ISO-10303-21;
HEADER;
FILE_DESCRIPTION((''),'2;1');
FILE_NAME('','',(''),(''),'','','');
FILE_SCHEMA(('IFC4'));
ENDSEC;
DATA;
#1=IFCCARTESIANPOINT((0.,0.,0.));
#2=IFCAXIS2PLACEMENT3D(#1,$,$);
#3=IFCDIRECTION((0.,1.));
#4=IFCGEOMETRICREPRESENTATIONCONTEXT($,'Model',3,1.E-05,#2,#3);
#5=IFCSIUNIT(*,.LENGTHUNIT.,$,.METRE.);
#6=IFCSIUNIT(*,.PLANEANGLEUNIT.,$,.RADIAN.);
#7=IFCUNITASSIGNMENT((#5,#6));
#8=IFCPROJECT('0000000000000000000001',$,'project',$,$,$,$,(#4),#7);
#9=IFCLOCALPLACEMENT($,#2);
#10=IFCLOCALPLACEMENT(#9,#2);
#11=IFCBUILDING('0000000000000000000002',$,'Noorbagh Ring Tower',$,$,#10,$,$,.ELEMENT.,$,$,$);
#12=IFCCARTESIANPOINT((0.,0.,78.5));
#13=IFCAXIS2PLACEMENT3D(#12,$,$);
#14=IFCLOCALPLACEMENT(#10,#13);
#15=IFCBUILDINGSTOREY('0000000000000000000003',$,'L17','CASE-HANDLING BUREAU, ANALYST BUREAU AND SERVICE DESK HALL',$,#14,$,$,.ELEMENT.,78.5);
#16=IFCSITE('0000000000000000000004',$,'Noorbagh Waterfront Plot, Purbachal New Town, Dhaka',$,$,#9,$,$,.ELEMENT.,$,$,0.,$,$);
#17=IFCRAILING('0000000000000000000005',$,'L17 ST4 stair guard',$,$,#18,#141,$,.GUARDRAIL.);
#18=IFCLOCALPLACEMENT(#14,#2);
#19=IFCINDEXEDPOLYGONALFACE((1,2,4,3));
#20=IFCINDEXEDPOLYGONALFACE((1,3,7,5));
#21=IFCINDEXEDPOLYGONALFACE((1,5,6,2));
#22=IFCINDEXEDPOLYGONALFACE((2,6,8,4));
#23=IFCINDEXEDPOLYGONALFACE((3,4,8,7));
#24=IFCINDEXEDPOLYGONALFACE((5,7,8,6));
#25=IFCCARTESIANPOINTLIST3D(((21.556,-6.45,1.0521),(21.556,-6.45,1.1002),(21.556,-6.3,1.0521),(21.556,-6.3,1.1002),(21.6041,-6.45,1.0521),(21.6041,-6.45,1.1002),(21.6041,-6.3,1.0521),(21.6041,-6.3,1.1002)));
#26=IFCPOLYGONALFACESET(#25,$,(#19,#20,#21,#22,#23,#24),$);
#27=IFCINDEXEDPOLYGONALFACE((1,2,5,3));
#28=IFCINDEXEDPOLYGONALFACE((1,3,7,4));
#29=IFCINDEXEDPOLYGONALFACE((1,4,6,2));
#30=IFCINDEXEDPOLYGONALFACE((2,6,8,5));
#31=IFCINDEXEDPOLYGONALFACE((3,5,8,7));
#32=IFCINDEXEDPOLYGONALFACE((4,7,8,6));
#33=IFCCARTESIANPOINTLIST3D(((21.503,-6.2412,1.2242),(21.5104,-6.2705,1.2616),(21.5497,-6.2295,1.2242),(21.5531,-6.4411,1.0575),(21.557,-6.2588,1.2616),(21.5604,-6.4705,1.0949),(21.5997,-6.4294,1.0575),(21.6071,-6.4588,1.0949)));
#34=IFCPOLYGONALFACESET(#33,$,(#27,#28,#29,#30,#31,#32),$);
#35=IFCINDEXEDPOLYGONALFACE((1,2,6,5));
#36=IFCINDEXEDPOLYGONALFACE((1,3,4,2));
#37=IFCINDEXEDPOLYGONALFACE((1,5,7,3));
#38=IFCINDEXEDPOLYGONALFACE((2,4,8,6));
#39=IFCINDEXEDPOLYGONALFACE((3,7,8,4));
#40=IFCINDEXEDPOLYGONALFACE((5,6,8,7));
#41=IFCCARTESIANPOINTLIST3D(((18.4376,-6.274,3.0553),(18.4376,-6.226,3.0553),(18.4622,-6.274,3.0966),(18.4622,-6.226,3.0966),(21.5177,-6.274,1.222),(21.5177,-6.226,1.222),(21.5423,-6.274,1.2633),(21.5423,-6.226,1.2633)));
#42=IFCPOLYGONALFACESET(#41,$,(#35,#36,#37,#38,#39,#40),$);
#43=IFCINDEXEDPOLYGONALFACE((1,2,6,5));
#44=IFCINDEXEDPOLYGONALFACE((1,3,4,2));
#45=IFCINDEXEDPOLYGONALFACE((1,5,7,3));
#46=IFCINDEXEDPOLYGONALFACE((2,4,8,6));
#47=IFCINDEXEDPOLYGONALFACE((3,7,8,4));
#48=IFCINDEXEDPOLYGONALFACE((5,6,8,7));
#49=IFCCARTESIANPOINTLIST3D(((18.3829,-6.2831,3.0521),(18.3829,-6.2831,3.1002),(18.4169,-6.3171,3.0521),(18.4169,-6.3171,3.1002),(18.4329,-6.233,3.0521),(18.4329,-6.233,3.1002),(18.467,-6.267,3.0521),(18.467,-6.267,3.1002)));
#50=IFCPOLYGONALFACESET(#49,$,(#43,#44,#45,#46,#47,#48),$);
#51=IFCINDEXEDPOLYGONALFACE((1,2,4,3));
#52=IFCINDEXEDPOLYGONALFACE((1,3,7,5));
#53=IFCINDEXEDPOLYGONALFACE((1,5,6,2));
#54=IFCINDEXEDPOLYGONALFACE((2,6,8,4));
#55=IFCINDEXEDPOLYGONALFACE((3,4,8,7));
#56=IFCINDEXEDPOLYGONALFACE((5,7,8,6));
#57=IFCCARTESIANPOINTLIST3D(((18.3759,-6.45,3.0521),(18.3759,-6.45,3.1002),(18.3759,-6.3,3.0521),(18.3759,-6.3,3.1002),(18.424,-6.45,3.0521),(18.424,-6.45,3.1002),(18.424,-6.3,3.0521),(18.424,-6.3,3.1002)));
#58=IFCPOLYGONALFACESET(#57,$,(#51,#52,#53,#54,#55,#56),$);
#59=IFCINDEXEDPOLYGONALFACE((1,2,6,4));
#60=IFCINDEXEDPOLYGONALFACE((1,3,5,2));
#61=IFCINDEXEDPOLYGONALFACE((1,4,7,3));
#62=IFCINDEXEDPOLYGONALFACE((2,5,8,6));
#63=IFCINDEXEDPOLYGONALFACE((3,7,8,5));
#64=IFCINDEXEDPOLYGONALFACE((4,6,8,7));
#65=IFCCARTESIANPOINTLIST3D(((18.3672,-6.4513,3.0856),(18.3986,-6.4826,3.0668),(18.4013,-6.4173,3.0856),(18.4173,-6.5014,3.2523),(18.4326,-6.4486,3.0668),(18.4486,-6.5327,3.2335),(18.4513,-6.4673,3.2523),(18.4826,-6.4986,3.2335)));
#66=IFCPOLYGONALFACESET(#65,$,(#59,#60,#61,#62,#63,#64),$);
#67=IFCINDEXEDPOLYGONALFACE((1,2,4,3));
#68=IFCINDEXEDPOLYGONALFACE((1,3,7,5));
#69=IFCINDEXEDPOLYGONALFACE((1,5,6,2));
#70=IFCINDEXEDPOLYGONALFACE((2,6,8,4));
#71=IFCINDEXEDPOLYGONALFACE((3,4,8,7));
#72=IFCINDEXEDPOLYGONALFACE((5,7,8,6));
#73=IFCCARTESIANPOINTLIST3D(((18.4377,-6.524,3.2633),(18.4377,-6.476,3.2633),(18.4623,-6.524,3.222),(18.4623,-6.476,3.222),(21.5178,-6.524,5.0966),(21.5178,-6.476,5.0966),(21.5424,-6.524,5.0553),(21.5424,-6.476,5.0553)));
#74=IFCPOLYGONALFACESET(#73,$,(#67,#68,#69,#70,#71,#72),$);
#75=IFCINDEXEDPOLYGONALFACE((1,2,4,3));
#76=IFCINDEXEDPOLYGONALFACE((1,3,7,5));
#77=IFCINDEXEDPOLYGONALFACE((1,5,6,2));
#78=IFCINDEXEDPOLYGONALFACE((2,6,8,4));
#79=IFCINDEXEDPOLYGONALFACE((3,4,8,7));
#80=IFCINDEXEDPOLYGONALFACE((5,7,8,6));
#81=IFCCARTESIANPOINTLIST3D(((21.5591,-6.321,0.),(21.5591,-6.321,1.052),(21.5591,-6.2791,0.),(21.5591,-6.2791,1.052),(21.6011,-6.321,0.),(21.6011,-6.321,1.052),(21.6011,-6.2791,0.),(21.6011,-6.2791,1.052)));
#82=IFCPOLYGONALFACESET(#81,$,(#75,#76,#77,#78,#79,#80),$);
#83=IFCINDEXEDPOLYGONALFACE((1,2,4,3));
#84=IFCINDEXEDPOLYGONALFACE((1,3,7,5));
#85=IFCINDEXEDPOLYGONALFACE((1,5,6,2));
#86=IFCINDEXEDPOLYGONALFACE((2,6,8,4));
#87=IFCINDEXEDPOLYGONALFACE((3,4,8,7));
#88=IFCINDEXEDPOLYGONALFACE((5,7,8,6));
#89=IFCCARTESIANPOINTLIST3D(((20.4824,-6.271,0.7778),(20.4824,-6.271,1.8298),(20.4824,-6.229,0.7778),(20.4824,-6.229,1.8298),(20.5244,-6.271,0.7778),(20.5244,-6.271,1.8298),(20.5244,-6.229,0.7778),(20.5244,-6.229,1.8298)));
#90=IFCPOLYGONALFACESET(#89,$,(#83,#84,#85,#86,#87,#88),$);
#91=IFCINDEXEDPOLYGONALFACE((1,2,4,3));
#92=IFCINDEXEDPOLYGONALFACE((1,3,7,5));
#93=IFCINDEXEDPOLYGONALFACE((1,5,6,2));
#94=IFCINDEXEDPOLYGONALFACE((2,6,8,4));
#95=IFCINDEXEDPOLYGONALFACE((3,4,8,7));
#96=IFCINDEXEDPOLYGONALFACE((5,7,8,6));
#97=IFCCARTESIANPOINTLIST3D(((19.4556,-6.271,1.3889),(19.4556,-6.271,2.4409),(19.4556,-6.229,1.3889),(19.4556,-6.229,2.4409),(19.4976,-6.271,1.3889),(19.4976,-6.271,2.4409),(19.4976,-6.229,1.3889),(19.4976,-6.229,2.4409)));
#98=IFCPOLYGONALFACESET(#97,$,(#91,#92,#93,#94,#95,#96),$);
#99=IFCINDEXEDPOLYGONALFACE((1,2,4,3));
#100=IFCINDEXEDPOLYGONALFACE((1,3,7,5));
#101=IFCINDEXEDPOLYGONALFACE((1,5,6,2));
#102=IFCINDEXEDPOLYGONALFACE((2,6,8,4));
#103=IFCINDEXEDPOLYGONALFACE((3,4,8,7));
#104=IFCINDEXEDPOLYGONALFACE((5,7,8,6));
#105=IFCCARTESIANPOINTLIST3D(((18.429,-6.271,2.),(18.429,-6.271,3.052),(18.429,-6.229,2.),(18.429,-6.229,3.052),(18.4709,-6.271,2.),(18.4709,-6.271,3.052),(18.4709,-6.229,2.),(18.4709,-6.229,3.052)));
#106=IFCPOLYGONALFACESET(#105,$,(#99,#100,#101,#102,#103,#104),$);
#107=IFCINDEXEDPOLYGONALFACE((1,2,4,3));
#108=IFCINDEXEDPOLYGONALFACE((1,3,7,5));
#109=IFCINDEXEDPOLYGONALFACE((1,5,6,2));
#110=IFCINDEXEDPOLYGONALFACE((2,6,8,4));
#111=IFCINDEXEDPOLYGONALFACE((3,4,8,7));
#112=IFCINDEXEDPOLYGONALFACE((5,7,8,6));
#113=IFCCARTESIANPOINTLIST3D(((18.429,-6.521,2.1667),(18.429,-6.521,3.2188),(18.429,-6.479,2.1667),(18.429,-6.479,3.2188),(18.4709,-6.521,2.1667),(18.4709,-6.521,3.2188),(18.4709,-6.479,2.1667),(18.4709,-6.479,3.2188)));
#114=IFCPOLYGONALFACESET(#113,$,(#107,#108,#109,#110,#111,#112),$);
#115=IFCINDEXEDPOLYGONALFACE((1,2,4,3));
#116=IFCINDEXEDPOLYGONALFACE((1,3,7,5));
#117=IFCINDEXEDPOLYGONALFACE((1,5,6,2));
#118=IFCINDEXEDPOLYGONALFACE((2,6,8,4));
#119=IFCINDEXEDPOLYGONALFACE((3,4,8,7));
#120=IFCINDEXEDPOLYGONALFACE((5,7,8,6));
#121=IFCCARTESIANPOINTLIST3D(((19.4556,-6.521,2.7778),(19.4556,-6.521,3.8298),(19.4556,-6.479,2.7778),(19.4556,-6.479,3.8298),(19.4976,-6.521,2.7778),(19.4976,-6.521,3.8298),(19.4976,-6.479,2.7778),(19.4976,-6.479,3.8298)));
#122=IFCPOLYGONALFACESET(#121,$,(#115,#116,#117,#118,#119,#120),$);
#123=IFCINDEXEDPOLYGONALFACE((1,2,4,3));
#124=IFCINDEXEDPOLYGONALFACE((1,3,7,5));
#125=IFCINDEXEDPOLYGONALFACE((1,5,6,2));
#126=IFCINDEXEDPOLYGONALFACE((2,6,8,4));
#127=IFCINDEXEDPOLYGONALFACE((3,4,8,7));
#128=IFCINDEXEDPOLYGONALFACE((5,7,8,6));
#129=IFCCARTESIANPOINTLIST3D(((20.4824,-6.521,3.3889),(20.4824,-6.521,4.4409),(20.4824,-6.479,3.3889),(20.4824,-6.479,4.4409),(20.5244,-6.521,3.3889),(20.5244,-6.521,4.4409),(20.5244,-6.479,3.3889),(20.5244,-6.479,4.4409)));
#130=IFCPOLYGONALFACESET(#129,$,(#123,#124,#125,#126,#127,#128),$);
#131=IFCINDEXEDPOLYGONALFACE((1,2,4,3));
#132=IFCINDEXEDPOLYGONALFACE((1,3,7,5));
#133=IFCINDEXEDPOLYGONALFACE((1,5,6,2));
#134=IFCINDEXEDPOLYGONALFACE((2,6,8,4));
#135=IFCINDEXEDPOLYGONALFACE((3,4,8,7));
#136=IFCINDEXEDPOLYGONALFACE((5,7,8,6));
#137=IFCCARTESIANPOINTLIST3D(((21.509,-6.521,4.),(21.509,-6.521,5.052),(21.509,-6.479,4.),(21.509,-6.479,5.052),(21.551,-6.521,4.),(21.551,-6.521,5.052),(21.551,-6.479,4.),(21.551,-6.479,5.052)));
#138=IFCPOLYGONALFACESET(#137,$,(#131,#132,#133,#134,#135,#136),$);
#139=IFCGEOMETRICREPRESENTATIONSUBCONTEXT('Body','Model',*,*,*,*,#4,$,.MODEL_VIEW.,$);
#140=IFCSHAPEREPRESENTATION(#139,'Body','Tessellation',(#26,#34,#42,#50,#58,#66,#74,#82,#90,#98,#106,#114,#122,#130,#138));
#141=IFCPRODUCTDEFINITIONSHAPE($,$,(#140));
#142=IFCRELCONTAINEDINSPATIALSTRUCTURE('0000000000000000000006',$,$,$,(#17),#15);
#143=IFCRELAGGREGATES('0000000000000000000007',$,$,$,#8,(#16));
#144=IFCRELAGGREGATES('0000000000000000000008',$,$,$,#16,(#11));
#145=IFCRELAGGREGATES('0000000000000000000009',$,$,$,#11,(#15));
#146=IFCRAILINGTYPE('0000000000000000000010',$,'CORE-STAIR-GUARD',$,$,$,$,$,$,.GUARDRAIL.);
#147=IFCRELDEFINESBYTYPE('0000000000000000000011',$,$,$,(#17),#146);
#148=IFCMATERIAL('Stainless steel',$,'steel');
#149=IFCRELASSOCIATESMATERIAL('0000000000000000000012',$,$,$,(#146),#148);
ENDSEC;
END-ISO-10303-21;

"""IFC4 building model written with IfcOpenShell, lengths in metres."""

from ifc_helpers import new_model, si_unit, direction, frame, origin, origin_2d, place, context, subcontext, project, spatial, rectangle, extrude, material, type_object, element, save


model = new_model("IFC4")

# Units and contexts
model_context = context("Model", 3, precision=1e-05, world=origin(), true_north=direction((0.0, 1.0)))
body_context = subcontext(model_context, "Body", "Model", "MODEL_VIEW")
ifc_project = project(units=[si_unit("LENGTHUNIT", "METRE"), si_unit("PLANEANGLEUNIT", "RADIAN")], contexts=[model_context])

# Site, building, storey
site_placement = place(None, origin())
site = spatial("IfcSite", under=ifc_project, at=site_placement, Name="Noorbagh Waterfront Plot, Purbachal New Town, Dhaka", CompositionType="ELEMENT", RefElevation=0.0)
building_placement = place(site_placement, origin())
building = spatial("IfcBuilding", under=site, at=building_placement, Name="Noorbagh Ring Tower", CompositionType="ELEMENT")
storey_placement = place(building_placement, frame((0.0, 0.0, 78.5)))
storey = spatial("IfcBuildingStorey", under=building, at=storey_placement, Name="L17", Description="CASE-HANDLING BUREAU, ANALYST BUREAU AND SERVICE DESK HALL", CompositionType="ELEMENT", Elevation=78.5)

# Railing
ifc_material_1 = material(Name="Stainless steel", Category="steel")
railing_type_1 = type_object("IfcRailingType", Name="CORE-STAIR-GUARD", PredefinedType="GUARDRAIL", material=ifc_material_1)
railing_1_placement = place(storey_placement, frame((21.5801, -6.3, 0.0)))
element("IfcRailing", 1, at=railing_1_placement, inside=storey, type_object=railing_type_1, Name="L17 ST4 stair guard", PredefinedType="GUARDRAIL", context=body_context, shape_type="SweptSolid", body=[
    extrude(rectangle(XDim=0.0481, YDim=0.0481, at=origin_2d()), frame((0.0, 0.0, 1.0762), z_axis=(0.0, -1.0, 0.0), x_axis=(1.0, 0.0, 0.0)), (0.0, 0.0, 1.0), 0.1499),
    extrude(rectangle(XDim=0.0481, YDim=0.0481, at=origin_2d()), frame((0.0, -0.1499, 1.0762), z_axis=(-0.188776, 0.754182, 0.628946), x_axis=(-0.970073, -0.242814, 0.0)), (0.0, 0.0, 1.0), 0.2651),
    extrude(rectangle(XDim=0.0481, YDim=0.0481, at=origin_2d()), frame((-0.05, 0.05, 1.2427), z_axis=(-0.859309, 0.0, 0.511458), x_axis=(0.0, -1.0, 0.0)), (0.0, 0.0, 1.0), 3.5845),
    extrude(rectangle(XDim=0.0481, YDim=0.0481, at=origin_2d()), frame((-3.1301, 0.05, 3.0762), z_axis=(-0.707107, -0.707107, 0.0), x_axis=(0.707107, -0.707107, 0.0)), (0.0, 0.0, 1.0), 0.0708),
    extrude(rectangle(XDim=0.0481, YDim=0.0481, at=origin_2d()), frame((-3.1802, 0.0, 3.0762), z_axis=(0.0, -1.0, 0.0), x_axis=(1.0, 0.0, 0.0)), (0.0, 0.0, 1.0), 0.1499),
    extrude(rectangle(XDim=0.0481, YDim=0.0481, at=origin_2d()), frame((-3.1802, -0.1499, 3.0762), z_axis=(0.276287, -0.276287, 0.920506), x_axis=(0.707107, 0.707107, 0.0)), (0.0, 0.0, 1.0), 0.1812),
    extrude(rectangle(XDim=0.0481, YDim=0.0481, at=origin_2d()), frame((-3.1301, -0.2, 3.2427), z_axis=(0.859309, 0.0, 0.511458), x_axis=(0.0, 1.0, 0.0)), (0.0, 0.0, 1.0), 3.5845),
    extrude(rectangle(XDim=0.042, YDim=0.042, at=origin_2d()), origin(), (0.0, 0.0, 1.0), 1.052),
    extrude(rectangle(XDim=0.042, YDim=0.042, at=origin_2d()), frame((-1.0767, 0.05, 0.7778)), (0.0, 0.0, 1.0), 1.052),
    extrude(rectangle(XDim=0.042, YDim=0.042, at=origin_2d()), frame((-2.1035, 0.05, 1.3889)), (0.0, 0.0, 1.0), 1.052),
    extrude(rectangle(XDim=0.042, YDim=0.042, at=origin_2d()), frame((-3.1301, 0.05, 2.0)), (0.0, 0.0, 1.0), 1.052),
    extrude(rectangle(XDim=0.042, YDim=0.042, at=origin_2d()), frame((-3.1301, -0.2, 2.1667)), (0.0, 0.0, 1.0), 1.052),
    extrude(rectangle(XDim=0.042, YDim=0.042, at=origin_2d()), frame((-2.1035, -0.2, 2.7778)), (0.0, 0.0, 1.0), 1.052),
    extrude(rectangle(XDim=0.042, YDim=0.042, at=origin_2d()), frame((-1.0767, -0.2, 3.3889)), (0.0, 0.0, 1.0), 1.052),
    extrude(rectangle(XDim=0.042, YDim=0.042, at=origin_2d()), frame((-0.05, -0.2, 4.0)), (0.0, 0.0, 1.0), 1.052),
])

save(model, "model.ifc")
